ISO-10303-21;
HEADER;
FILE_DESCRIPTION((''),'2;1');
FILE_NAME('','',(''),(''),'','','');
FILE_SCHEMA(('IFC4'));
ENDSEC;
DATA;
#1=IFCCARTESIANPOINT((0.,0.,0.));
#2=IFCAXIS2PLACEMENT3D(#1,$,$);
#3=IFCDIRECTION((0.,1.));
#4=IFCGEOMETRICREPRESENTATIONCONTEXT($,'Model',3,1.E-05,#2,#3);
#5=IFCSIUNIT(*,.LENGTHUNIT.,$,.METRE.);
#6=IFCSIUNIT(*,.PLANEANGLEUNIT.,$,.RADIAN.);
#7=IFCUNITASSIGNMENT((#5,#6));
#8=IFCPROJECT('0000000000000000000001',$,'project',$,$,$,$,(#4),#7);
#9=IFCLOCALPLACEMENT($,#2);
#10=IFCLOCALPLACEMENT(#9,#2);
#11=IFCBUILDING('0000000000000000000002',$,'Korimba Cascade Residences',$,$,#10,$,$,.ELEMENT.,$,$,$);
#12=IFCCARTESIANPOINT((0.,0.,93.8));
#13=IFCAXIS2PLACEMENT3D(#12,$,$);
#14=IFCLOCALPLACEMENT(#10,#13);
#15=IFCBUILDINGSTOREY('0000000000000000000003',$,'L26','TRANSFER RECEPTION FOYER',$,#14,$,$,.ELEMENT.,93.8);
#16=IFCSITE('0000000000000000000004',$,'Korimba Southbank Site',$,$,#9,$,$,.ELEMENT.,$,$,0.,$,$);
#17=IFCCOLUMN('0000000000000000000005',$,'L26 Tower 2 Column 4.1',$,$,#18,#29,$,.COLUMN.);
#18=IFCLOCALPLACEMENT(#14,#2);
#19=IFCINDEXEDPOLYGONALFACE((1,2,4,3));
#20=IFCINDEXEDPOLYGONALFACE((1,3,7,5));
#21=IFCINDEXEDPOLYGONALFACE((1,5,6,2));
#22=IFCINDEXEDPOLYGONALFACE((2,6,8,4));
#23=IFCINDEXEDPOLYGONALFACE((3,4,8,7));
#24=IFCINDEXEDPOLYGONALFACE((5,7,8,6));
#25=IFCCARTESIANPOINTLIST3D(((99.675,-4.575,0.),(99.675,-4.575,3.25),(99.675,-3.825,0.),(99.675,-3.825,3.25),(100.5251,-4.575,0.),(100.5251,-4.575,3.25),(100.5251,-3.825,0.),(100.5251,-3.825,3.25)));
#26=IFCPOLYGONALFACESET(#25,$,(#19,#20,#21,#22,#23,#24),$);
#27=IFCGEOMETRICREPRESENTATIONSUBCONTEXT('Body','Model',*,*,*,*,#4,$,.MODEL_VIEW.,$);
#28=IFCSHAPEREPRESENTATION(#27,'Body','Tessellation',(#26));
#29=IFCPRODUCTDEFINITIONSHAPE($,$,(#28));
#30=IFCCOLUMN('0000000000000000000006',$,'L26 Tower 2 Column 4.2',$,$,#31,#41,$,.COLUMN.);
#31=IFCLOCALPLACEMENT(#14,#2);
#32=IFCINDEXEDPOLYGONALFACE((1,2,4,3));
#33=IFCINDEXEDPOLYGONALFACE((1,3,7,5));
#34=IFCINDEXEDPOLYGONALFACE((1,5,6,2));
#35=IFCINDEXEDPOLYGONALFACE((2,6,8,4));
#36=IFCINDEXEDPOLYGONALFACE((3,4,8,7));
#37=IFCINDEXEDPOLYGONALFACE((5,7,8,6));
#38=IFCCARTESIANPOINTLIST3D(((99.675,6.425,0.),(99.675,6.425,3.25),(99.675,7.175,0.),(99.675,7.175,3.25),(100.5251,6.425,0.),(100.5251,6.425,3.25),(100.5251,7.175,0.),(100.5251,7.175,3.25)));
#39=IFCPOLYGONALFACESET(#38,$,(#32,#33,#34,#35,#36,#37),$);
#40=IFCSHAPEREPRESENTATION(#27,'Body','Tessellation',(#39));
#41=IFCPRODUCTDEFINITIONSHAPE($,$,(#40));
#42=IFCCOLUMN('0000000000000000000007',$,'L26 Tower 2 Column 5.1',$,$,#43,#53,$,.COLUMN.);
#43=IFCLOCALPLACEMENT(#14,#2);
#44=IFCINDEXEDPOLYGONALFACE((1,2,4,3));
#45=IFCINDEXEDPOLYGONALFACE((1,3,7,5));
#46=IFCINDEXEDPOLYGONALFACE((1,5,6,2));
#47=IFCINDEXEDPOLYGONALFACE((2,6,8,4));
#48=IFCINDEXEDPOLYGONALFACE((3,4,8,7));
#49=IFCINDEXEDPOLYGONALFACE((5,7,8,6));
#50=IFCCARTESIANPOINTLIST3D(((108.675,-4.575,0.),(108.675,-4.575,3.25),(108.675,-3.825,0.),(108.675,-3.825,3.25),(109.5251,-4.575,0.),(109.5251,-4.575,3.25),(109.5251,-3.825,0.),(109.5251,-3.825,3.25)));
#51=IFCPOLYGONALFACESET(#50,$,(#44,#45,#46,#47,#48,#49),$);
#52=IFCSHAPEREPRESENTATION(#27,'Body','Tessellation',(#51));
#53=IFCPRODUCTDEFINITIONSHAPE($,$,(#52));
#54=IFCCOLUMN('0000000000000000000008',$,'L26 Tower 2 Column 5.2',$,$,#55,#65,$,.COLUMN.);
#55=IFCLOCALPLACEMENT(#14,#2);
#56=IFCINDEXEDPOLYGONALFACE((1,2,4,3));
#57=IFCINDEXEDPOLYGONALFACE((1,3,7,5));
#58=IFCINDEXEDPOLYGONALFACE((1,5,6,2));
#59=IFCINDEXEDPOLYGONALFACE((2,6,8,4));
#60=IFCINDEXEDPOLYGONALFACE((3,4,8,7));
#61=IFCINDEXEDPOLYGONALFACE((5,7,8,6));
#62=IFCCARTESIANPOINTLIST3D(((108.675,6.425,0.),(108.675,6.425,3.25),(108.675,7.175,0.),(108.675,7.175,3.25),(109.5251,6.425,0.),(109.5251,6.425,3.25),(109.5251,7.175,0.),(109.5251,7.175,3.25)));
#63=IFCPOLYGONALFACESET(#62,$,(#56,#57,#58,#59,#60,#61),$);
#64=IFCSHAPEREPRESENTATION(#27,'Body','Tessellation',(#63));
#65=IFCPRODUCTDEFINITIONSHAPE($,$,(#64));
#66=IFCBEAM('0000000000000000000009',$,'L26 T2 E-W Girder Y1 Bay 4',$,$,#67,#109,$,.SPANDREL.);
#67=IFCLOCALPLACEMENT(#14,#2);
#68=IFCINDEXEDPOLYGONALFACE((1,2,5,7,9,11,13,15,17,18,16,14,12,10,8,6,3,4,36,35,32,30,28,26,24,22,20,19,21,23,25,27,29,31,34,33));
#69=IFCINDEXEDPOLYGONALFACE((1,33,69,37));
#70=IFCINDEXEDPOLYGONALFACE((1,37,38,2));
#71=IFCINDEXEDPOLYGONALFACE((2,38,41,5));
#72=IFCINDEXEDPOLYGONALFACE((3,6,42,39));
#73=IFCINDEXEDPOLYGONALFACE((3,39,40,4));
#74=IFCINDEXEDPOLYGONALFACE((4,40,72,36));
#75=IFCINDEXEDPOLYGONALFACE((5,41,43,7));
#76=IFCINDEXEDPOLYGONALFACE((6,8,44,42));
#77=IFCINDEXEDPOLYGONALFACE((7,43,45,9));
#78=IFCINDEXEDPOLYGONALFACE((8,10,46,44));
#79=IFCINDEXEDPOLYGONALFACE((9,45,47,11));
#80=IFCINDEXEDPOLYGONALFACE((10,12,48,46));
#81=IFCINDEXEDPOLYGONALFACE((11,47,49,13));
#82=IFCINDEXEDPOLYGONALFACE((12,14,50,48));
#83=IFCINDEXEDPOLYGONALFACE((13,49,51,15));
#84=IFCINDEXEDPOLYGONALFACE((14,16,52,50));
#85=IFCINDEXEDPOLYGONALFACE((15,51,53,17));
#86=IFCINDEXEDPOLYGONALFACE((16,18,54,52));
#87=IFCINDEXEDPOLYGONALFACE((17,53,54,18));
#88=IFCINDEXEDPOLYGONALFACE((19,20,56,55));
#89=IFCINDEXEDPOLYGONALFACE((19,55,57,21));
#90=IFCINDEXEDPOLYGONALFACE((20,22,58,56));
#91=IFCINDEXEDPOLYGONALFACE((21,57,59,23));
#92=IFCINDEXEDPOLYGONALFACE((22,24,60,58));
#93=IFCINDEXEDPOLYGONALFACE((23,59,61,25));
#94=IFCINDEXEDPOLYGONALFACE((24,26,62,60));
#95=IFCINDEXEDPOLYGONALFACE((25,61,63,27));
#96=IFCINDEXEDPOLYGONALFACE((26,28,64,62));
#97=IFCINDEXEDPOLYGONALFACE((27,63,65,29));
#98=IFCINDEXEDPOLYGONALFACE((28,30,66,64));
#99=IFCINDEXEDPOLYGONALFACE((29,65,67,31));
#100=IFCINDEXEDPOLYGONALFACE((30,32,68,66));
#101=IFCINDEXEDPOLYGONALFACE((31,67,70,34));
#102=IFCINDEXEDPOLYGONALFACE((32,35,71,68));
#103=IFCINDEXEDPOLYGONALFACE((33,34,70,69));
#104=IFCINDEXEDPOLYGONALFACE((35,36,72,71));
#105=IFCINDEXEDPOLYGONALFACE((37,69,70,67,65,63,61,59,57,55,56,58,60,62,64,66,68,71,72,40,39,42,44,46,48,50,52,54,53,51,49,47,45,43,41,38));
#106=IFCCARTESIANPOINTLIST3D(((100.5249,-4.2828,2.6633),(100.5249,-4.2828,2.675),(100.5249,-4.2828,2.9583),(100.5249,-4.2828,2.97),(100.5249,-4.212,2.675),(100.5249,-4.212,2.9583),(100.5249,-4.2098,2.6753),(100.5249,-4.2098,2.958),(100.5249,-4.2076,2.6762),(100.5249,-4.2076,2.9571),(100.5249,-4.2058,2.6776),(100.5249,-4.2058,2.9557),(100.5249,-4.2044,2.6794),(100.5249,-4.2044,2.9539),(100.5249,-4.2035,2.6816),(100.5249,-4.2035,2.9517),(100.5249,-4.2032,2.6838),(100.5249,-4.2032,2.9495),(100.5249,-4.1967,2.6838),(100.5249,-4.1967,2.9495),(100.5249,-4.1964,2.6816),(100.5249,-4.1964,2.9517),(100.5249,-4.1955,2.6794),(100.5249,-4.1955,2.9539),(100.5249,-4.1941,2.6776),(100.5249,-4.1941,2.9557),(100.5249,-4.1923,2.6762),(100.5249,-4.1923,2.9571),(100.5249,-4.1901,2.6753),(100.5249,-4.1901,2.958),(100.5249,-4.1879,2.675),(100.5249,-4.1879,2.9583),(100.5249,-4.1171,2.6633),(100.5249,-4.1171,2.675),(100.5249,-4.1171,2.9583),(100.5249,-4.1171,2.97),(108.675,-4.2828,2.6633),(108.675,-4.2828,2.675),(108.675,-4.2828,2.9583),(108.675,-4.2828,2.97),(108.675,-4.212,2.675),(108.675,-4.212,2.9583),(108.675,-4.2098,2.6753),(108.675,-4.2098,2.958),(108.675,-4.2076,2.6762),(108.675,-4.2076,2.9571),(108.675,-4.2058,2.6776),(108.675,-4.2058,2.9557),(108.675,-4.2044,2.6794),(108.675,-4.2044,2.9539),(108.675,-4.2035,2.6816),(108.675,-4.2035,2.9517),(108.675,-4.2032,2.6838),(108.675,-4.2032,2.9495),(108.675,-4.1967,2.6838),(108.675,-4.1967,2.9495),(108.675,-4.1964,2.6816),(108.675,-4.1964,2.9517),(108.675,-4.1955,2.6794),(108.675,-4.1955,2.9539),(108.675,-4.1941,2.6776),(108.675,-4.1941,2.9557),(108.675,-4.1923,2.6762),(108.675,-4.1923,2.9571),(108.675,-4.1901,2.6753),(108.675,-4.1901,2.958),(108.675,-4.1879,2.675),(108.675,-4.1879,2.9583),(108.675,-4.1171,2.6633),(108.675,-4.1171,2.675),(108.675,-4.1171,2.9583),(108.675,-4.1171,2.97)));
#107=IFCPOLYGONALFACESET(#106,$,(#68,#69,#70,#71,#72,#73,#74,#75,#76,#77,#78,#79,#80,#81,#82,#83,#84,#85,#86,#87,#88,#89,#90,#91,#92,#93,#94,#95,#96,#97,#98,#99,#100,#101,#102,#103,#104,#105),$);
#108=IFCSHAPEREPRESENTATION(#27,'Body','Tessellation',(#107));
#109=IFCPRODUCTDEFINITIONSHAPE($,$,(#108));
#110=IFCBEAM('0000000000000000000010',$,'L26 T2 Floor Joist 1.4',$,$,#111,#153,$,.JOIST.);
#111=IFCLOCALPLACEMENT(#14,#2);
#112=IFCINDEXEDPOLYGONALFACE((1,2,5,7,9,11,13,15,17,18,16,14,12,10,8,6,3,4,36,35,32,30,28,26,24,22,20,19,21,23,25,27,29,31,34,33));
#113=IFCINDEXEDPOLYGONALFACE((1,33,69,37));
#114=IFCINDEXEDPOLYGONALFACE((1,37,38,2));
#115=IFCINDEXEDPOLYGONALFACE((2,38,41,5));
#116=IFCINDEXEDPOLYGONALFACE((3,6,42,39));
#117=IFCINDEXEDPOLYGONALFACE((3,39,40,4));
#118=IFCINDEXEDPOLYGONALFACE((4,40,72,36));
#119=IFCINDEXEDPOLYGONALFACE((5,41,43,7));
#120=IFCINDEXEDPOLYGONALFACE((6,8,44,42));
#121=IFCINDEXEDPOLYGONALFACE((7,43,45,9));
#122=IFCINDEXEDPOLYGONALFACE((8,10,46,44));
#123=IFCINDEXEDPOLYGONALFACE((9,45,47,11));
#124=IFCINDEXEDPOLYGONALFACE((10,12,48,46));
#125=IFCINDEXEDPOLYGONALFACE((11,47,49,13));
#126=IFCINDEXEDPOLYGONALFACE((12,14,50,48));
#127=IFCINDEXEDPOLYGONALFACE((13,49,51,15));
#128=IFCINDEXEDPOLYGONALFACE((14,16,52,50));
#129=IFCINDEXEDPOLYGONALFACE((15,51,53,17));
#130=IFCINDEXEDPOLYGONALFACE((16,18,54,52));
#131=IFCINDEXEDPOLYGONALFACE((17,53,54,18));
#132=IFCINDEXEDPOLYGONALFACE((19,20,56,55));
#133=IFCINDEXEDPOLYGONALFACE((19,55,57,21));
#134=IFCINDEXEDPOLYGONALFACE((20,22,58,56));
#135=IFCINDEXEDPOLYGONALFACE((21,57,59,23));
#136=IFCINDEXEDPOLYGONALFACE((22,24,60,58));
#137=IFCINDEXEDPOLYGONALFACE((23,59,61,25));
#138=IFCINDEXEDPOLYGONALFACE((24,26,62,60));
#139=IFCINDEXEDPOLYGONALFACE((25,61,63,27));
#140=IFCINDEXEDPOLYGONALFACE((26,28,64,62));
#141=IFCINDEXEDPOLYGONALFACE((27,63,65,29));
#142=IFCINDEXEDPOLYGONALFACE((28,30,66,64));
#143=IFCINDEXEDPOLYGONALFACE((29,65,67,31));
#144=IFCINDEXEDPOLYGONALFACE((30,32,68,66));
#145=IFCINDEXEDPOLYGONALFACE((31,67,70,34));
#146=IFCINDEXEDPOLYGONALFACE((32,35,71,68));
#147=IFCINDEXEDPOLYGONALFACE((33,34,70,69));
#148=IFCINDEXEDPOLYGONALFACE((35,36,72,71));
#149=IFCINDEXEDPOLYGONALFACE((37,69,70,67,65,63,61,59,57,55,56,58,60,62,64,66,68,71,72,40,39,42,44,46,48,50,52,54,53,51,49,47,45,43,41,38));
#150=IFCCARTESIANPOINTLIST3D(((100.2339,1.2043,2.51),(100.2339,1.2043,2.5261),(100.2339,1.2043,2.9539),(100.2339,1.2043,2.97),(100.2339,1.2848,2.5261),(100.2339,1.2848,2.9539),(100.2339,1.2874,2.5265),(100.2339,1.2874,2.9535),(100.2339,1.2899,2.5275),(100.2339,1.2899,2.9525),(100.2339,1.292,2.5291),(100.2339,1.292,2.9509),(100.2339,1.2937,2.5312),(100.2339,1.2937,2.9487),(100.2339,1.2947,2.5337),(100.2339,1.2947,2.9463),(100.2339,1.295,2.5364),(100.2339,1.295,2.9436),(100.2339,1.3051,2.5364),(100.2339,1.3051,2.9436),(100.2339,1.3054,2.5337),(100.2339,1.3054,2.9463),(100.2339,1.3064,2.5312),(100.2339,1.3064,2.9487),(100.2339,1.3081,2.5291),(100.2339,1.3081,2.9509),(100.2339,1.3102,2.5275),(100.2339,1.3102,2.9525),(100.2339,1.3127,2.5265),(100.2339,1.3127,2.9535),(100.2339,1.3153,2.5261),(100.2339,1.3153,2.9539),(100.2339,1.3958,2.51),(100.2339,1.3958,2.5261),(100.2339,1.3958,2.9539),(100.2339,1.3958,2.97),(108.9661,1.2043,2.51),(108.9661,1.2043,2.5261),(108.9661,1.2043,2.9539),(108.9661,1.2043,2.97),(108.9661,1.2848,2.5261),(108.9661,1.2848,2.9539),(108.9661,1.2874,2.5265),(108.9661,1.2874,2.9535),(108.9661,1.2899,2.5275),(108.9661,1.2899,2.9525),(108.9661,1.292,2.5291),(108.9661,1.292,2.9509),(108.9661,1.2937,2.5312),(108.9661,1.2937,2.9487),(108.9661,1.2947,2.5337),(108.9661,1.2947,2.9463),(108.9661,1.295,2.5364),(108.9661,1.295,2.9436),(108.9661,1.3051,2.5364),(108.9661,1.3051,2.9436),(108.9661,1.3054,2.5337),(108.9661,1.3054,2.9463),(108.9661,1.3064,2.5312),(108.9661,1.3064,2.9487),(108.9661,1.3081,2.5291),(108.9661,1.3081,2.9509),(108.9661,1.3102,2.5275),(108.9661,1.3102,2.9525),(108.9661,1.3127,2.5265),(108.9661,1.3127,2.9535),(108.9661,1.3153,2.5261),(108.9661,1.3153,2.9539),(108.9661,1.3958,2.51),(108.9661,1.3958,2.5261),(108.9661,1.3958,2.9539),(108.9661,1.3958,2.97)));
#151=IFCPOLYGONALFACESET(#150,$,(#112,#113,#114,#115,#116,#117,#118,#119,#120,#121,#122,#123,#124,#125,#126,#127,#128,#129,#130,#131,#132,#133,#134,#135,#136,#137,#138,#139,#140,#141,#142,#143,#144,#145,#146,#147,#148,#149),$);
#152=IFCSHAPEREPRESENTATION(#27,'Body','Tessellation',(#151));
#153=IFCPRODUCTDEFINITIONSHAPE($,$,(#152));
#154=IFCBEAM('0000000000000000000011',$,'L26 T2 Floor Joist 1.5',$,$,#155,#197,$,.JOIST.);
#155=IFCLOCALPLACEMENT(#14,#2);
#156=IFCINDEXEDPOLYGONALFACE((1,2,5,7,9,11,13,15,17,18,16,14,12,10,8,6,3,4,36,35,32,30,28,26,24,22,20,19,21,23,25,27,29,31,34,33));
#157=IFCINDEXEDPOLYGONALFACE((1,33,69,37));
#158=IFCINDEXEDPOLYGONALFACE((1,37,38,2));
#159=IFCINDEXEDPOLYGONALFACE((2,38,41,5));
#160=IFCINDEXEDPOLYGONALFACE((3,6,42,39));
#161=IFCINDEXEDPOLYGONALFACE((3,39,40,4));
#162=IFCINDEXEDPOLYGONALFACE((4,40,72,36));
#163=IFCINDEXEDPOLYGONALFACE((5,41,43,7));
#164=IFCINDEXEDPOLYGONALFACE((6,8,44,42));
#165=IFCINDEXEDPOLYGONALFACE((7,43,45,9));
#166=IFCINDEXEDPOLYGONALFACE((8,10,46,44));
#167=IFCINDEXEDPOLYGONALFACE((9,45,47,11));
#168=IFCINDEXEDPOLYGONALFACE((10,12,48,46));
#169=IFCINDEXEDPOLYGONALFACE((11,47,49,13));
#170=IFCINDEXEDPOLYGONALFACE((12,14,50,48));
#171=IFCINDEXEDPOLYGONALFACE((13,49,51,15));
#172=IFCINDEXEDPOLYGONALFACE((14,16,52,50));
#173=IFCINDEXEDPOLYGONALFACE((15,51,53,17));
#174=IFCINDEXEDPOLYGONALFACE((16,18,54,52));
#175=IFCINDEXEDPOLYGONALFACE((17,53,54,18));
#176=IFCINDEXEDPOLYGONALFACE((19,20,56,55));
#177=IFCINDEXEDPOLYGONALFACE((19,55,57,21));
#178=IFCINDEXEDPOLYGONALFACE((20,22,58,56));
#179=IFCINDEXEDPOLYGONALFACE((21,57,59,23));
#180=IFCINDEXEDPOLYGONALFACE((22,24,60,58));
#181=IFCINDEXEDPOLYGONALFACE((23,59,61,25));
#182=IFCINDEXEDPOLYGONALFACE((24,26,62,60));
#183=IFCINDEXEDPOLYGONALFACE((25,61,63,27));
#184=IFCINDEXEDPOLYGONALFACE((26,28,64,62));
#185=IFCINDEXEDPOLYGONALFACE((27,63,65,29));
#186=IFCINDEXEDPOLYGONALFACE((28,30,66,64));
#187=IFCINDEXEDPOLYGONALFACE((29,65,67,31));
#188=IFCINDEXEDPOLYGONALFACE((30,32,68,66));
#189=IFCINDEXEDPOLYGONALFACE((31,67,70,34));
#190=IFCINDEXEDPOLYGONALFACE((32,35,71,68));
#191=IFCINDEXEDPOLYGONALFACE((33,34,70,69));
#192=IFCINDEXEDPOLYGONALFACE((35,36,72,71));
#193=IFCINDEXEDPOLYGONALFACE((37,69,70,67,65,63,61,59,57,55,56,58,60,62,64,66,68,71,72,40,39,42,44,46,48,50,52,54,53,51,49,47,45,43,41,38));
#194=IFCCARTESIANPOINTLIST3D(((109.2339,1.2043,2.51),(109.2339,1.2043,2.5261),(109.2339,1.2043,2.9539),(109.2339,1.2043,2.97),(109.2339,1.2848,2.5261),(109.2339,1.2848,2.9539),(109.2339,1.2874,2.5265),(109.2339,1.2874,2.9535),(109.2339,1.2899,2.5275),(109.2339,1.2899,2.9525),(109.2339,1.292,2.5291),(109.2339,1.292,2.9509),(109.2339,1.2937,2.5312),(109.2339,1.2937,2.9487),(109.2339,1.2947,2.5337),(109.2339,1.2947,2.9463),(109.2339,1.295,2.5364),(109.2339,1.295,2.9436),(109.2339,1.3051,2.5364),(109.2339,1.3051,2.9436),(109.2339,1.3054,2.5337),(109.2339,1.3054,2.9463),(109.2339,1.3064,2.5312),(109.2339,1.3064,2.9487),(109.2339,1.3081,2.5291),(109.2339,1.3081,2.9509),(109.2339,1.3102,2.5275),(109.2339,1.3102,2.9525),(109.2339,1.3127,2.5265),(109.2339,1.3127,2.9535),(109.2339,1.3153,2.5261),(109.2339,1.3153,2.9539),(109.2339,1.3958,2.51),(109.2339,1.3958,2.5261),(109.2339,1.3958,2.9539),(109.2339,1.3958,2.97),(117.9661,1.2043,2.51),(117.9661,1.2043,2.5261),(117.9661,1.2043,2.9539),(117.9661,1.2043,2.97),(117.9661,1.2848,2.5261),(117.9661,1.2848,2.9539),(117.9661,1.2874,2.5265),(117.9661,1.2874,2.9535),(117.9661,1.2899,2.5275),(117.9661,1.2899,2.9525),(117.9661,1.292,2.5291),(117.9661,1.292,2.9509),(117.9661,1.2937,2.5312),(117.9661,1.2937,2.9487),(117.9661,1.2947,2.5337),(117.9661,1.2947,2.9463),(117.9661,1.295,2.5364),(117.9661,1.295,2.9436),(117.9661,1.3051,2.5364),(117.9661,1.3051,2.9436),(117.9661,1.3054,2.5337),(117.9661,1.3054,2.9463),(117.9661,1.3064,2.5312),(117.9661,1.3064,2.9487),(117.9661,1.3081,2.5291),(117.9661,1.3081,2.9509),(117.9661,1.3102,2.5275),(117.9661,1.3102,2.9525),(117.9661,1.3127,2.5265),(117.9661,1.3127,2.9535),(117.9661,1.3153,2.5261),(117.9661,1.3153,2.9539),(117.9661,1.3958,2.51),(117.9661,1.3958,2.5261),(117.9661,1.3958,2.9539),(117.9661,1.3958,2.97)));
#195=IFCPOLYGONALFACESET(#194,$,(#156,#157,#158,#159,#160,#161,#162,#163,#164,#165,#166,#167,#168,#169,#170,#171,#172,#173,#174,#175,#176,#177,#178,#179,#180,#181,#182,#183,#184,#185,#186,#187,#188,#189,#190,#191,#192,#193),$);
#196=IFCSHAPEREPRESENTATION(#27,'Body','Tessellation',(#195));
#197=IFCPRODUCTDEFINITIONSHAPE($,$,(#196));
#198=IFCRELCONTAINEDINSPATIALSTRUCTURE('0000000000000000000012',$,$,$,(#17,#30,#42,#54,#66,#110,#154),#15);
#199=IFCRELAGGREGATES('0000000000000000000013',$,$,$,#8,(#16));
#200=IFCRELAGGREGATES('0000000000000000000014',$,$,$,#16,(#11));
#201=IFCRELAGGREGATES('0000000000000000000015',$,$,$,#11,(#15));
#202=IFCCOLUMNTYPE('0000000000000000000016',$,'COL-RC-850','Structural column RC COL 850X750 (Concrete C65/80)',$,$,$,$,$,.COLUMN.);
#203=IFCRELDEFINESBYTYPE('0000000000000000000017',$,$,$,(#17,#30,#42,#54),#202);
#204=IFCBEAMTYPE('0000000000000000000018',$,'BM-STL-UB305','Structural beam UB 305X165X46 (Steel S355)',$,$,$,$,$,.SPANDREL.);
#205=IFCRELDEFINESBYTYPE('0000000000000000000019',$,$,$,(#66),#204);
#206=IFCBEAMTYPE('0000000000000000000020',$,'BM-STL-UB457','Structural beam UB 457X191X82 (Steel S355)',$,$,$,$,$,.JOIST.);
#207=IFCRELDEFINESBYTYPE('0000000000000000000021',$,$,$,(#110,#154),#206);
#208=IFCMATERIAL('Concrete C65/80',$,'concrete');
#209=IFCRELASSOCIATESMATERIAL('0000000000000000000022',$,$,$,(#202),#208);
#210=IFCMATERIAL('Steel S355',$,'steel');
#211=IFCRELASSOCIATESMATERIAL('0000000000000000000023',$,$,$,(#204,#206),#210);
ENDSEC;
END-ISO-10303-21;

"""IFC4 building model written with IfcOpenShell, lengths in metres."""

from ifc_helpers import new_model, si_unit, direction, frame, origin, origin_2d, place, context, subcontext, project, spatial, rectangle, i_section, extrude, material, material_profile, profile_set, type_object, element, save


model = new_model("IFC4")

# Units and contexts
model_context = context("Model", 3, precision=1e-05, world=origin(), true_north=direction((0.0, 1.0)))
body_context = subcontext(model_context, "Body", "Model", "MODEL_VIEW")
ifc_project = project(units=[si_unit("LENGTHUNIT", "METRE"), si_unit("PLANEANGLEUNIT", "RADIAN")], contexts=[model_context])

# Site, building, storey
site_placement = place(None, origin())
site = spatial("IfcSite", under=ifc_project, at=site_placement, Name="Korimba Southbank Site", CompositionType="ELEMENT", RefElevation=0.0)
building_placement = place(site_placement, origin())
building = spatial("IfcBuilding", under=site, at=building_placement, Name="Korimba Cascade Residences", CompositionType="ELEMENT")
storey_placement = place(building_placement, frame((0.0, 0.0, 93.8)))
storey = spatial("IfcBuildingStorey", under=building, at=storey_placement, Name="L26", Description="TRANSFER RECEPTION FOYER", CompositionType="ELEMENT", Elevation=93.8)

# Columns
ifc_material_1 = material(Name="Concrete C65/80", Category="concrete")
ifc_material_profile_1 = material_profile(ifc_material_1, rectangle(XDim=0.8501, YDim=0.75, at=origin_2d()), Name="Concrete C65/80")
ifc_profile_set_1 = profile_set([ifc_material_profile_1], Name="Concrete C65/80")
column_type = type_object("IfcColumnType", Name="COL-RC-850", Description="Structural column RC COL 850X750 (Concrete C65/80)", PredefinedType="COLUMN", material=ifc_profile_set_1)
for number, where, z_axis, x_axis, name in (
    (1, (100.1001, -4.2, 0.0), (0.0, 0.0, 1.0), (1.0, 0.0, 0.0), "L26 Tower 2 Column 4.1"),
    (2, (100.1001, 6.8, 0.0), (0.0, 0.0, 1.0), (1.0, 0.0, 0.0), "L26 Tower 2 Column 4.2"),
    (3, (109.1001, -4.2, 0.0), (0.0, 0.0, 1.0), (1.0, 0.0, 0.0), "L26 Tower 2 Column 5.1"),
    (4, (109.1001, 6.8, 0.0), (0.0, 0.0, 1.0), (1.0, 0.0, 0.0), "L26 Tower 2 Column 5.2"),
):
    element("IfcColumn", number, at=place(storey_placement, frame(where, z_axis=z_axis, x_axis=x_axis)), inside=storey, type_object=column_type, Name=name, PredefinedType="COLUMN", context=body_context, shape_type="SweptSolid", body=[
        extrude(rectangle(XDim=0.8501, YDim=0.75, at=origin_2d()), origin(), (0.0, 0.0, 1.0), 3.25),
    ])

# Beams
ifc_material_2 = material(Name="Steel S355", Category="steel")
ifc_material_profile_2 = material_profile(ifc_material_2, i_section(OverallWidth=0.1658, OverallDepth=0.3066, WebThickness=0.0066, FlangeThickness=0.0117, FilletRadius=0.0088, at=origin_2d()), Name="Steel S355")
ifc_profile_set_2 = profile_set([ifc_material_profile_2], Name="Steel S355")
beam_type_1 = type_object("IfcBeamType", Name="BM-STL-UB305", Description="Structural beam UB 305X165X46 (Steel S355)", PredefinedType="SPANDREL", material=ifc_profile_set_2)
beam_1_placement = place(storey_placement, frame((100.5249, -4.2, 2.8167), z_axis=(1.0, 0.0, 0.0), x_axis=(0.0, 1.0, 0.0)))
element("IfcBeam", 5, at=beam_1_placement, inside=storey, type_object=beam_type_1, Name="L26 T2 E-W Girder Y1 Bay 4", PredefinedType="SPANDREL", context=body_context, shape_type="SweptSolid", body=[
    extrude(i_section(OverallWidth=0.1658, OverallDepth=0.3066, WebThickness=0.0066, FlangeThickness=0.0117, FilletRadius=0.0088, at=origin_2d()), origin(), (0.0, 0.0, 1.0), 8.1501),
])
ifc_material_profile_3 = material_profile(ifc_material_2, i_section(OverallWidth=0.1914, OverallDepth=0.46, WebThickness=0.01, FlangeThickness=0.0161, FilletRadius=0.0103, at=origin_2d()), Name="Steel S355")
ifc_profile_set_3 = profile_set([ifc_material_profile_3], Name="Steel S355")
beam_type_2 = type_object("IfcBeamType", Name="BM-STL-UB457", Description="Structural beam UB 457X191X82 (Steel S355)", PredefinedType="JOIST", material=ifc_profile_set_3)
for number, where, z_axis, x_axis, name in (
    (6, (100.2339, 1.3, 2.74), (1.0, 0.0, 0.0), (0.0, 1.0, 0.0), "L26 T2 Floor Joist 1.4"),
    (7, (109.2339, 1.3, 2.74), (1.0, 0.0, 0.0), (0.0, 1.0, 0.0), "L26 T2 Floor Joist 1.5"),
):
    element("IfcBeam", number, at=place(storey_placement, frame(where, z_axis=z_axis, x_axis=x_axis)), inside=storey, type_object=beam_type_2, Name=name, PredefinedType="JOIST", context=body_context, shape_type="SweptSolid", body=[
        extrude(i_section(OverallWidth=0.1914, OverallDepth=0.46, WebThickness=0.01, FlangeThickness=0.0161, FilletRadius=0.0103, at=origin_2d()), origin(), (0.0, 0.0, 1.0), 8.7322),
    ])

save(model, "model.ifc")
